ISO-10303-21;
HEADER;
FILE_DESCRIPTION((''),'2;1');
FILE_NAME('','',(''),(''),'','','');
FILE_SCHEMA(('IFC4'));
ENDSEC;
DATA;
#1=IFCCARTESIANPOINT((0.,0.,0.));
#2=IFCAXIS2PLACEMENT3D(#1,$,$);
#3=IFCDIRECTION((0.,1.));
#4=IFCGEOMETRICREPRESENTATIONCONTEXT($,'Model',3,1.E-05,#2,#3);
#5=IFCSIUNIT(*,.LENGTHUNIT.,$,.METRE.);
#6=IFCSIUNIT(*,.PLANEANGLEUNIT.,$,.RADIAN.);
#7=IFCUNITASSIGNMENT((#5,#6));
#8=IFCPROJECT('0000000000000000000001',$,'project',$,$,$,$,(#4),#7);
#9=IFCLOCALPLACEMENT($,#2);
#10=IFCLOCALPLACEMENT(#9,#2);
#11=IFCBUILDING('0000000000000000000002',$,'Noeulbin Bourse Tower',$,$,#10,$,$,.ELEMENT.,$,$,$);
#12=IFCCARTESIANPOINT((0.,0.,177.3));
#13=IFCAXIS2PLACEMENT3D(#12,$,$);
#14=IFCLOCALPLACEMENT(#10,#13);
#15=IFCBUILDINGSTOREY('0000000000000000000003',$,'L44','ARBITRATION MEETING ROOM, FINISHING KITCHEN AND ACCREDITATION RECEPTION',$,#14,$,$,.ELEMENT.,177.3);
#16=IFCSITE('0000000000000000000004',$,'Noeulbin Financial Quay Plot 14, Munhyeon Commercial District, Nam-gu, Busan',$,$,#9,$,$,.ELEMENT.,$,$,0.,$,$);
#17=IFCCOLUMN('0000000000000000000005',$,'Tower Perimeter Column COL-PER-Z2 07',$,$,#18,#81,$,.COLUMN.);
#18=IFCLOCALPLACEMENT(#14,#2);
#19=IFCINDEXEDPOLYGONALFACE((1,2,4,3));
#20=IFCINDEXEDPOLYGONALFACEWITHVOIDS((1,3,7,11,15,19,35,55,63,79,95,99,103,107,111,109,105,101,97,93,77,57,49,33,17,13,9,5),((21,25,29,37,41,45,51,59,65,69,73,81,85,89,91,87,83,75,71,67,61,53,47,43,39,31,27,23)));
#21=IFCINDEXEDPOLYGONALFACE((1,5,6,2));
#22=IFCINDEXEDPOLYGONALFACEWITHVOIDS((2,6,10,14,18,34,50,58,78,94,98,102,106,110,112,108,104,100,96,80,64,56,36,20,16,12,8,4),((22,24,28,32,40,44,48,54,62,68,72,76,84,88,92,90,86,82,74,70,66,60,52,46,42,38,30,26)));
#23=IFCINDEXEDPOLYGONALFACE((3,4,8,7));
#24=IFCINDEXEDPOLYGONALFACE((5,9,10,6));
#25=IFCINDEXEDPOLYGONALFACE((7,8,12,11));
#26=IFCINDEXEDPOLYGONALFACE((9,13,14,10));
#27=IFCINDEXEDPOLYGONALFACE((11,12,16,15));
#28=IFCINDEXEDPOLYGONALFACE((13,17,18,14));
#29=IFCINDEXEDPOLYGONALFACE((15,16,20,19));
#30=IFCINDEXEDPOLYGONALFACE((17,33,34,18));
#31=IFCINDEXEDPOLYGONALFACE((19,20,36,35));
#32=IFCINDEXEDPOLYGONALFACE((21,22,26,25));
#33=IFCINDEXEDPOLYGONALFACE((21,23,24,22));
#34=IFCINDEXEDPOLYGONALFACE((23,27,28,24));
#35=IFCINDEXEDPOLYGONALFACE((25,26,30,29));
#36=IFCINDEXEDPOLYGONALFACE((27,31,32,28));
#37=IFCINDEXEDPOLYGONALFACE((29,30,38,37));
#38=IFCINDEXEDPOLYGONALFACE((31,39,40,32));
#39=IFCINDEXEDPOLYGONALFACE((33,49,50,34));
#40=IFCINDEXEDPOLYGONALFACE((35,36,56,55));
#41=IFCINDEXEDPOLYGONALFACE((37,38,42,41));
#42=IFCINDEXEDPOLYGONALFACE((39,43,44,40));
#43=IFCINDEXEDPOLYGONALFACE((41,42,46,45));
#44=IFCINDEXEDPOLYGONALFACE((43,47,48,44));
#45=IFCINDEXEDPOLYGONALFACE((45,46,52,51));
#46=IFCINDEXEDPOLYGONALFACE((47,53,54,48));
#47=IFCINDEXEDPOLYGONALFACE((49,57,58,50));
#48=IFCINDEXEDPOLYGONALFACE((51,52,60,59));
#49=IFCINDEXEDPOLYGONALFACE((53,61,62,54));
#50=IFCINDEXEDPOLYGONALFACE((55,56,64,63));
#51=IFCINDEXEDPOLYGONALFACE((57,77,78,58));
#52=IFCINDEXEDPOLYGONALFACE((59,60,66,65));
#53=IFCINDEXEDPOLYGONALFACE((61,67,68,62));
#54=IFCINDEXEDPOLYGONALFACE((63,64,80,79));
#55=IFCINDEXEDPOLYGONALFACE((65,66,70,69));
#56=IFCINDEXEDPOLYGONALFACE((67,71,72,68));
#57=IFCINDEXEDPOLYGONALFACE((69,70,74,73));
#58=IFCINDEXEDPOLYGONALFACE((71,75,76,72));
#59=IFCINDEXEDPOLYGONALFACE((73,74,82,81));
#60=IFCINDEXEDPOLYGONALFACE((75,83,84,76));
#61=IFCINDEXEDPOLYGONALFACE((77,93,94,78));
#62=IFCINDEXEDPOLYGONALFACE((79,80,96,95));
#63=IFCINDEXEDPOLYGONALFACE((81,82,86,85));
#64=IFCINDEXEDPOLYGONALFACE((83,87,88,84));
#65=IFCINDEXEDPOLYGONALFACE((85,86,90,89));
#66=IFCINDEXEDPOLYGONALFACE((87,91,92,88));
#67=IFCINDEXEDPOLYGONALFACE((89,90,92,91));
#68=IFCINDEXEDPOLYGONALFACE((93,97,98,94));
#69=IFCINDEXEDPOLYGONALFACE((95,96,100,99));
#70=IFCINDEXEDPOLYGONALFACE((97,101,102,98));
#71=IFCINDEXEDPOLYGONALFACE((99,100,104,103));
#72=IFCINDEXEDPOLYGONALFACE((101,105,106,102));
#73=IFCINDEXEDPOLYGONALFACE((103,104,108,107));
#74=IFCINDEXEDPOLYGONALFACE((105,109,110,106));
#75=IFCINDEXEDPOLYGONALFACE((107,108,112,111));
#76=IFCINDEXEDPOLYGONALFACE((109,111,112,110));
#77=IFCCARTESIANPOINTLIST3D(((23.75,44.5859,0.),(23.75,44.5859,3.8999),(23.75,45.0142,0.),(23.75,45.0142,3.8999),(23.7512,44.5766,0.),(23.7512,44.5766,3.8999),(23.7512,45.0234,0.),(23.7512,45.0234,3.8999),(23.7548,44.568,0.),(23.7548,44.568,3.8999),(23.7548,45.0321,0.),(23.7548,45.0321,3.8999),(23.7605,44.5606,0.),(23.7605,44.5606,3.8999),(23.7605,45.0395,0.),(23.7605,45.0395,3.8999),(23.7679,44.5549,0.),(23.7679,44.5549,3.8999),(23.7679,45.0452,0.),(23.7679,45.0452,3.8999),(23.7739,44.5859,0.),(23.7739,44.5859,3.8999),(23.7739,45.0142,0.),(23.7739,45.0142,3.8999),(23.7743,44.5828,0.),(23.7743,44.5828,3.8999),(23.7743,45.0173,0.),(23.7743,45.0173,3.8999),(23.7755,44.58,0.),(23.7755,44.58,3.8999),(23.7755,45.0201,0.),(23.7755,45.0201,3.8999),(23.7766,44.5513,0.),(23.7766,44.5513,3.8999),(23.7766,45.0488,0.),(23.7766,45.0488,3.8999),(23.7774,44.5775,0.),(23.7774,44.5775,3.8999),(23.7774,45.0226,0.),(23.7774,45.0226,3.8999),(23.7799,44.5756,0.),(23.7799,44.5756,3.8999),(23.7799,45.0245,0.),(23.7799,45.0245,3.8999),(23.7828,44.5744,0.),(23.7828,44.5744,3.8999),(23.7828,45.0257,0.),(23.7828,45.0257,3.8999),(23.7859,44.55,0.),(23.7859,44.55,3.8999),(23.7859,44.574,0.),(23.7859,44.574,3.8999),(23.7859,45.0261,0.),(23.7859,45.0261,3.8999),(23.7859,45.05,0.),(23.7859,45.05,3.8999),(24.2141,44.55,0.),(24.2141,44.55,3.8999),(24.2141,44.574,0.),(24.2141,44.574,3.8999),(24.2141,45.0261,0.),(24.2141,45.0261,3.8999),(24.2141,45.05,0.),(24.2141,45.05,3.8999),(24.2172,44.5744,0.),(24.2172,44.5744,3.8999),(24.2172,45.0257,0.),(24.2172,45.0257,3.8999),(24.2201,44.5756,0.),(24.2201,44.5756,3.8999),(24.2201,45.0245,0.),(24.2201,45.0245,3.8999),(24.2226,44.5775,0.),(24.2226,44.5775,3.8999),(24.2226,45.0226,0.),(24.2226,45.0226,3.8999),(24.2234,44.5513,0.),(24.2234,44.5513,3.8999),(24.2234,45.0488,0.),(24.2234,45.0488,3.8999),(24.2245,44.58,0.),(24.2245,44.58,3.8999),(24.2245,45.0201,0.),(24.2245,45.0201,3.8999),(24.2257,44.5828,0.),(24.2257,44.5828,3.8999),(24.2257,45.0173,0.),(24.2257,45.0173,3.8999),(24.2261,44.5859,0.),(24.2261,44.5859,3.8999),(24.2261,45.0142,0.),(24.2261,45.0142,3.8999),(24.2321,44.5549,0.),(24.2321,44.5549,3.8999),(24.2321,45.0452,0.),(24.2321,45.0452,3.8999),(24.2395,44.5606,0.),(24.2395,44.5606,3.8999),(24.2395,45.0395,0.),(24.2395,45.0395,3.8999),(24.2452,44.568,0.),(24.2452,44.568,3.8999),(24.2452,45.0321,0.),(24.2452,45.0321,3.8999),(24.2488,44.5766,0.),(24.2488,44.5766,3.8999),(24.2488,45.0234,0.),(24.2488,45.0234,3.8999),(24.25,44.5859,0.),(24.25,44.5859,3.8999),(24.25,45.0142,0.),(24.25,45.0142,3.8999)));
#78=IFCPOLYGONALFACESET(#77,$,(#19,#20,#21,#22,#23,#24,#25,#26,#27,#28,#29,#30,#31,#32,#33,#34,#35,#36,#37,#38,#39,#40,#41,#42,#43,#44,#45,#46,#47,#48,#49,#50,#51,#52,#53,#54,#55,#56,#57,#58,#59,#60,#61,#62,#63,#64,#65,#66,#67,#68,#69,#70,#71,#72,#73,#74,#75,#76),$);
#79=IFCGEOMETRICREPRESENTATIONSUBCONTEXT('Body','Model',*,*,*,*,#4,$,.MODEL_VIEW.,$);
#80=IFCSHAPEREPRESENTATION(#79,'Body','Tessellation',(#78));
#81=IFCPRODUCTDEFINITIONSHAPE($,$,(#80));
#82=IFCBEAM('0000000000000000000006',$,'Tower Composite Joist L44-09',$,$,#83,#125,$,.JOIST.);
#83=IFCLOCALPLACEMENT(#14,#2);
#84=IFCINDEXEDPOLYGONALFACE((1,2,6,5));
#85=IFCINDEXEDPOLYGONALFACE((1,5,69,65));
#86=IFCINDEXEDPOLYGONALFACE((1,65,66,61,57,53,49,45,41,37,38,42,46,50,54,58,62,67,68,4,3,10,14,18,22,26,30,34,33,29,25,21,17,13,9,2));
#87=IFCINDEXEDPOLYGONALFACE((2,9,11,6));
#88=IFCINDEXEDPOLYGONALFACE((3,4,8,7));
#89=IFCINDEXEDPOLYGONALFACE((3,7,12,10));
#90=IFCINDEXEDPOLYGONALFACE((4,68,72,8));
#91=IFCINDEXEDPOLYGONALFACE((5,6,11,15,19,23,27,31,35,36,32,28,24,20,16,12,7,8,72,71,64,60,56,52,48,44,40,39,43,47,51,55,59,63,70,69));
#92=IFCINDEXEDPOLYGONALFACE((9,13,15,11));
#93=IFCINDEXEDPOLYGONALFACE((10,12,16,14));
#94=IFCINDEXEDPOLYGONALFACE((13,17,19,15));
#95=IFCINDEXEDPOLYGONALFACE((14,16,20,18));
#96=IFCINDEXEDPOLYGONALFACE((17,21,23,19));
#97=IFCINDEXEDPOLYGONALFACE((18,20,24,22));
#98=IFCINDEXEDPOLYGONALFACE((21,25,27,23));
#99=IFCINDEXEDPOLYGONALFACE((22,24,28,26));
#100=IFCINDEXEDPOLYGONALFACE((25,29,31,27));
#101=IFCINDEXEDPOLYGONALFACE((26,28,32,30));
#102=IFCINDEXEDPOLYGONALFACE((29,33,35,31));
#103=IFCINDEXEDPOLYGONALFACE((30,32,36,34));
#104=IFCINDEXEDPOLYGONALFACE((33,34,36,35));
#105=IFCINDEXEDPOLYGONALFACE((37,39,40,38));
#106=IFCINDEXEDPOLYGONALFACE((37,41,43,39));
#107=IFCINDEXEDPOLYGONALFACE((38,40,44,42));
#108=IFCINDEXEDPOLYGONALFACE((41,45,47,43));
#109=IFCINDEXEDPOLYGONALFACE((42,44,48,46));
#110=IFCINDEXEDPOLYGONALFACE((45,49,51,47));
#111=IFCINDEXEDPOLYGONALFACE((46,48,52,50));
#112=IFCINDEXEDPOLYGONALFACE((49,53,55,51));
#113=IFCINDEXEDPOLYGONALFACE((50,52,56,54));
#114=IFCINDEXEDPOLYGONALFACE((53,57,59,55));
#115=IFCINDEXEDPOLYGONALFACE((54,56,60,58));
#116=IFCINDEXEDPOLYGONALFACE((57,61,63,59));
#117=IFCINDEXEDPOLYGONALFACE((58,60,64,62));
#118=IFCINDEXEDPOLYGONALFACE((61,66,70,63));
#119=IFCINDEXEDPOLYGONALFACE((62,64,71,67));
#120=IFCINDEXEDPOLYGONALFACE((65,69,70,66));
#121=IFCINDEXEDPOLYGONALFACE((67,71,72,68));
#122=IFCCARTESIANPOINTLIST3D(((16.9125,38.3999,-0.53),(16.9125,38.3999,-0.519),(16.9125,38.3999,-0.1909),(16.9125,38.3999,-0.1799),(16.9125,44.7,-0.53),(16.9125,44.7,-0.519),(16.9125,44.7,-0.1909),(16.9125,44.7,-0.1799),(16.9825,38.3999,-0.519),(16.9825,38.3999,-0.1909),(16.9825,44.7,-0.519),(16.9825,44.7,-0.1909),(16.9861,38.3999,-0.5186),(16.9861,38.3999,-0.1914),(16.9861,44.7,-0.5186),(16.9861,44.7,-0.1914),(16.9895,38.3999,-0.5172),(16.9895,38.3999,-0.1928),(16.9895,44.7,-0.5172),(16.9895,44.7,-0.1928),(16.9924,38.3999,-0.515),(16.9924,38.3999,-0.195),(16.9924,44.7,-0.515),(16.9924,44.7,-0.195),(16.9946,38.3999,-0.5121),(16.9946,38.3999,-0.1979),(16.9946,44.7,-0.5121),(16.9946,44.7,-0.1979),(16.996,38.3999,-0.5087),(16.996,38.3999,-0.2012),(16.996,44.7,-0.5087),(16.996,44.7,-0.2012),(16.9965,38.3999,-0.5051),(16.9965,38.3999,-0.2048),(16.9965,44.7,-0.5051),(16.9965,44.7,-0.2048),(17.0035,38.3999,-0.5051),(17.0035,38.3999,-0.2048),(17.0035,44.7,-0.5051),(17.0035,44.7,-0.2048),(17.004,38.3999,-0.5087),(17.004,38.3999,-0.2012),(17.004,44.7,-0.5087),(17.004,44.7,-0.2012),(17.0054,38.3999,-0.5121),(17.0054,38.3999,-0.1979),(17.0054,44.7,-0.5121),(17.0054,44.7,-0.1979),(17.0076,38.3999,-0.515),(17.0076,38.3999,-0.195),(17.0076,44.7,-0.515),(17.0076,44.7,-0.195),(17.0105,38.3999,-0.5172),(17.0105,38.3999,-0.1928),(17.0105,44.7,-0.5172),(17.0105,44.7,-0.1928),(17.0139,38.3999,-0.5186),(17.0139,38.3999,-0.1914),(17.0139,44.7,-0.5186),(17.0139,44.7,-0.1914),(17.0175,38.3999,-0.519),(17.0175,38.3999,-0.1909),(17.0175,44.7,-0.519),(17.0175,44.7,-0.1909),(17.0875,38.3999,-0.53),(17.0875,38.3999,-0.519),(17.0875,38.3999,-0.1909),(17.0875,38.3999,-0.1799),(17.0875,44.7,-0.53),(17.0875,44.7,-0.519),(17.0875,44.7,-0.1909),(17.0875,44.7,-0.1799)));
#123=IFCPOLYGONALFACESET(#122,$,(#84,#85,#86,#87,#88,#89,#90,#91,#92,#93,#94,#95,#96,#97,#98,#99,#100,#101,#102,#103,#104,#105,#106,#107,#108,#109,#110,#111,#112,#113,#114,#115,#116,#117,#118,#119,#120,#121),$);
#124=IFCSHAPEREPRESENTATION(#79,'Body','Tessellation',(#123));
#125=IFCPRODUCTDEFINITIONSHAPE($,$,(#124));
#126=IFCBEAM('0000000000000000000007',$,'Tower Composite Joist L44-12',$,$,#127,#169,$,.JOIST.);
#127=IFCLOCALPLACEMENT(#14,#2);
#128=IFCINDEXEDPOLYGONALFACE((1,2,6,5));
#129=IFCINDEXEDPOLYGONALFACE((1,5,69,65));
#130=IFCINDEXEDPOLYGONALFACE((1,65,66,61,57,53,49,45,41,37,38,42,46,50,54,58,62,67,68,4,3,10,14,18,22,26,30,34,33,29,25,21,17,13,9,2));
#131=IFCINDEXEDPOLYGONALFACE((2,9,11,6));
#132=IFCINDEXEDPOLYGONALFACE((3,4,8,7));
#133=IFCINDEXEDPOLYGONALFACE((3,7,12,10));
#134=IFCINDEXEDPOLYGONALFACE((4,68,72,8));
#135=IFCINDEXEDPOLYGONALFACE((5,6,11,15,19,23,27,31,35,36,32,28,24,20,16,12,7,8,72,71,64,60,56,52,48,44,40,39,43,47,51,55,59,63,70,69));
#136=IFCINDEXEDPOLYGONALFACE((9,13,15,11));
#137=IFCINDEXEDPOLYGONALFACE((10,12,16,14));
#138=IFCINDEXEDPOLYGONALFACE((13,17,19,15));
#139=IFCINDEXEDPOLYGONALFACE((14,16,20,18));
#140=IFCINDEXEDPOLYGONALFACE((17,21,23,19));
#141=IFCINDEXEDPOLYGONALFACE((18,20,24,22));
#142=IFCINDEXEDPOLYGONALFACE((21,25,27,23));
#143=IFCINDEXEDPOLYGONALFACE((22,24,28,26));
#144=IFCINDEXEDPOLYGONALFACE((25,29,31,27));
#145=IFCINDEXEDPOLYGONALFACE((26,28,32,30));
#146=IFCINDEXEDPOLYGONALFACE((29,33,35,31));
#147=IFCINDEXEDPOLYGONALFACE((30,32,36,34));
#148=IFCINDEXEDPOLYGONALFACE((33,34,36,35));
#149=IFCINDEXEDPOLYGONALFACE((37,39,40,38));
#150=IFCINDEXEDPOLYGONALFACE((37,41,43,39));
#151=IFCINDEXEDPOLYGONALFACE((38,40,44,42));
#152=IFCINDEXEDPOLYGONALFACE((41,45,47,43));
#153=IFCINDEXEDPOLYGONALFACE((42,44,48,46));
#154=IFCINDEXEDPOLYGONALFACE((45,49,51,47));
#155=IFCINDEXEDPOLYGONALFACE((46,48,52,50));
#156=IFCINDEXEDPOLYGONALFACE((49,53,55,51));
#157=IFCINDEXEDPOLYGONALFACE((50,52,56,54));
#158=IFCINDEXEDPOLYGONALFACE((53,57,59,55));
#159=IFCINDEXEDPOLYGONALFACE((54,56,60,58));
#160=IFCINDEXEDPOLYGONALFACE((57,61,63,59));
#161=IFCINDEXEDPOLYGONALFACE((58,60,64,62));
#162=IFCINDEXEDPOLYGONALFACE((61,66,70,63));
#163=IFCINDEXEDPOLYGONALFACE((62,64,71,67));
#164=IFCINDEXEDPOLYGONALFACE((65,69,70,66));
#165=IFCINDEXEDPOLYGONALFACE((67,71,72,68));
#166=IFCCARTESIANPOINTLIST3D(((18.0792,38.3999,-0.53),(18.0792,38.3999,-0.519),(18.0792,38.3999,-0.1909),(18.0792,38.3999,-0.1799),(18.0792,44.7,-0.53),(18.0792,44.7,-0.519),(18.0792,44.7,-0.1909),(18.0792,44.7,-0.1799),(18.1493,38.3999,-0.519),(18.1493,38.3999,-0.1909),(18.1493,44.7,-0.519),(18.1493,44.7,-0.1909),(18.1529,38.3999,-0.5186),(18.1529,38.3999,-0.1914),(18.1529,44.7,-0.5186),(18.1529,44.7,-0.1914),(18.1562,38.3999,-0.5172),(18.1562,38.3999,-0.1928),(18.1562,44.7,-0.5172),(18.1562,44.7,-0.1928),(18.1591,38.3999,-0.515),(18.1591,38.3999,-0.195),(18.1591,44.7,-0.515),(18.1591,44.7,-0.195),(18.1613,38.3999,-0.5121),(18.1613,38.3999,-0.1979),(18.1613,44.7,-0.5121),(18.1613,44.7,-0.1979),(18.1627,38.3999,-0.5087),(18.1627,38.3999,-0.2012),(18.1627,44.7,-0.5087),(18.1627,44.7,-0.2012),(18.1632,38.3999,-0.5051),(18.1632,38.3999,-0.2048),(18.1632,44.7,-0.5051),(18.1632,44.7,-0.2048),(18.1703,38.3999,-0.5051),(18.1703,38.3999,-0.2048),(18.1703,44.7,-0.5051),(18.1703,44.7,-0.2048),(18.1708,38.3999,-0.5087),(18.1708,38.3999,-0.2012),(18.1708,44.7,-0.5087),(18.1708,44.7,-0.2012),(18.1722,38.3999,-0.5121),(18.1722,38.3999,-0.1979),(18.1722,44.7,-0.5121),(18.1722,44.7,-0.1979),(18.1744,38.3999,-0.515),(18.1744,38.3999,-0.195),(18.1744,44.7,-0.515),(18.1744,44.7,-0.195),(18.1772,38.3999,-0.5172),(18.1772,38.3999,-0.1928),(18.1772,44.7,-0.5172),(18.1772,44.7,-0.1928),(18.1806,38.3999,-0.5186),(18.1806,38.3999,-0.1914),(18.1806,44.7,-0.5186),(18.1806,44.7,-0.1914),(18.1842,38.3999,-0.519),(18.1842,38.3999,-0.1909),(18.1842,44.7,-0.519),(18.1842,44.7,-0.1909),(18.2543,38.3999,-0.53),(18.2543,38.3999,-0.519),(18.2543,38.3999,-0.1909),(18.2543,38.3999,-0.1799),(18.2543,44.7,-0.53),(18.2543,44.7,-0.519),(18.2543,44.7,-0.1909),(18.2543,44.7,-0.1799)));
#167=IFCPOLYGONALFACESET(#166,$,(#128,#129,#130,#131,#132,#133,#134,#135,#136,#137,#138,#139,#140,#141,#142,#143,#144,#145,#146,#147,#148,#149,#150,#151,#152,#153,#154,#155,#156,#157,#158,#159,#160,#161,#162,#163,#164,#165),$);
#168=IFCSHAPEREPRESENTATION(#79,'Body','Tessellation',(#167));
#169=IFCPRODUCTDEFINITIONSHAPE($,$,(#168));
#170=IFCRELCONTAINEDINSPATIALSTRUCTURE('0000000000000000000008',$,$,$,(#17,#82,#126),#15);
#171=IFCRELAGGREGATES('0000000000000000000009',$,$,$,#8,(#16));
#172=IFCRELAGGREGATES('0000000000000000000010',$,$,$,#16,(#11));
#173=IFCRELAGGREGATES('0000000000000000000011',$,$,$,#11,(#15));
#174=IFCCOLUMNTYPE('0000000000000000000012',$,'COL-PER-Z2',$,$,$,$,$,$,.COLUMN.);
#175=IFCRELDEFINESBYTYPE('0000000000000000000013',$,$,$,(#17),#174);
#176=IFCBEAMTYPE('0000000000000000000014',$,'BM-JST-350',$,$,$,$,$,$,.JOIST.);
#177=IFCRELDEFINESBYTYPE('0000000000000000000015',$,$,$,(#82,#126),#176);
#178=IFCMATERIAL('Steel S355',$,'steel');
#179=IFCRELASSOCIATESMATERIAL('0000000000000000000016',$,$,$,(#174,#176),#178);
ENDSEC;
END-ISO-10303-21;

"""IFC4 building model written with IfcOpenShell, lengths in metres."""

from ifc_helpers import new_model, si_unit, direction, frame, origin, origin_2d, place, context, subcontext, project, spatial, hollow_rectangle, i_section, extrude, material, material_profile, profile_set, type_object, element, save


model = new_model("IFC4")

# Units and contexts
model_context = context("Model", 3, precision=1e-05, world=origin(), true_north=direction((0.0, 1.0)))
body_context = subcontext(model_context, "Body", "Model", "MODEL_VIEW")
ifc_project = project(units=[si_unit("LENGTHUNIT", "METRE"), si_unit("PLANEANGLEUNIT", "RADIAN")], contexts=[model_context])

# Site, building, storey
site_placement = place(None, origin())
site = spatial("IfcSite", under=ifc_project, at=site_placement, Name="Noeulbin Financial Quay Plot 14, Munhyeon Commercial District, Nam-gu, Busan", CompositionType="ELEMENT", RefElevation=0.0)
building_placement = place(site_placement, origin())
building = spatial("IfcBuilding", under=site, at=building_placement, Name="Noeulbin Bourse Tower", CompositionType="ELEMENT")
storey_placement = place(building_placement, frame((0.0, 0.0, 177.3)))
storey = spatial("IfcBuildingStorey", under=building, at=storey_placement, Name="L44", Description="ARBITRATION MEETING ROOM, FINISHING KITCHEN AND ACCREDITATION RECEPTION", CompositionType="ELEMENT", Elevation=177.3)

# Column
ifc_material_1 = material(Name="Steel S355", Category="steel")
ifc_material_profile_1 = material_profile(ifc_material_1, hollow_rectangle(XDim=0.5, YDim=0.5, WallThickness=0.0239, InnerFilletRadius=0.012, OuterFilletRadius=0.0359, at=origin_2d()), Name="BOX-500x500x24", Category="LoadBearing")
ifc_profile_set_1 = profile_set([ifc_material_profile_1], Name="Steel S355")
column_type = type_object("IfcColumnType", Name="COL-PER-Z2", PredefinedType="COLUMN", material=ifc_profile_set_1)
column_placement = place(storey_placement, frame((24.0, 44.8, 0.0), z_axis=(0.0, 0.0, 1.0), x_axis=(1.0, 0.0, 0.0)))
element("IfcColumn", 1, at=column_placement, inside=storey, type_object=column_type, Name="Tower Perimeter Column COL-PER-Z2 07", PredefinedType="COLUMN", context=body_context, shape_type="SweptSolid", body=[
    extrude(hollow_rectangle(XDim=0.5, YDim=0.5, WallThickness=0.0239, InnerFilletRadius=0.012, OuterFilletRadius=0.0359, at=origin_2d()), origin(), (0.0, 0.0, 1.0), 3.8999),
])

# Beams
ifc_material_profile_2 = material_profile(ifc_material_1, i_section(OverallWidth=0.175, OverallDepth=0.3501, WebThickness=0.0071, FlangeThickness=0.011, FilletRadius=0.0139, at=origin_2d()), Name="H-350x175x7x11", Category="LoadBearing")
ifc_profile_set_2 = profile_set([ifc_material_profile_2], Name="Steel S355")
beam_type_1 = type_object("IfcBeamType", Name="BM-JST-350", PredefinedType="JOIST", material=ifc_profile_set_2)
for number, where, z_axis, x_axis, name in (
    (2, (17.0, 38.3999, -0.355), (0.0, 1.0, 0.0), (-1.0, 0.0, 0.0), "Tower Composite Joist L44-09"),
    (3, (18.1667, 38.3999, -0.355), (0.0, 1.0, 0.0), (-1.0, 0.0, 0.0), "Tower Composite Joist L44-12"),
):
    element("IfcBeam", number, at=place(storey_placement, frame(where, z_axis=z_axis, x_axis=x_axis)), inside=storey, type_object=beam_type_1, Name=name, PredefinedType="JOIST", context=body_context, shape_type="SweptSolid", body=[
        extrude(i_section(OverallWidth=0.175, OverallDepth=0.3501, WebThickness=0.0071, FlangeThickness=0.011, FilletRadius=0.0139, at=origin_2d()), origin(), (0.0, 0.0, 1.0), 6.3),
    ])

save(model, "model.ifc")
